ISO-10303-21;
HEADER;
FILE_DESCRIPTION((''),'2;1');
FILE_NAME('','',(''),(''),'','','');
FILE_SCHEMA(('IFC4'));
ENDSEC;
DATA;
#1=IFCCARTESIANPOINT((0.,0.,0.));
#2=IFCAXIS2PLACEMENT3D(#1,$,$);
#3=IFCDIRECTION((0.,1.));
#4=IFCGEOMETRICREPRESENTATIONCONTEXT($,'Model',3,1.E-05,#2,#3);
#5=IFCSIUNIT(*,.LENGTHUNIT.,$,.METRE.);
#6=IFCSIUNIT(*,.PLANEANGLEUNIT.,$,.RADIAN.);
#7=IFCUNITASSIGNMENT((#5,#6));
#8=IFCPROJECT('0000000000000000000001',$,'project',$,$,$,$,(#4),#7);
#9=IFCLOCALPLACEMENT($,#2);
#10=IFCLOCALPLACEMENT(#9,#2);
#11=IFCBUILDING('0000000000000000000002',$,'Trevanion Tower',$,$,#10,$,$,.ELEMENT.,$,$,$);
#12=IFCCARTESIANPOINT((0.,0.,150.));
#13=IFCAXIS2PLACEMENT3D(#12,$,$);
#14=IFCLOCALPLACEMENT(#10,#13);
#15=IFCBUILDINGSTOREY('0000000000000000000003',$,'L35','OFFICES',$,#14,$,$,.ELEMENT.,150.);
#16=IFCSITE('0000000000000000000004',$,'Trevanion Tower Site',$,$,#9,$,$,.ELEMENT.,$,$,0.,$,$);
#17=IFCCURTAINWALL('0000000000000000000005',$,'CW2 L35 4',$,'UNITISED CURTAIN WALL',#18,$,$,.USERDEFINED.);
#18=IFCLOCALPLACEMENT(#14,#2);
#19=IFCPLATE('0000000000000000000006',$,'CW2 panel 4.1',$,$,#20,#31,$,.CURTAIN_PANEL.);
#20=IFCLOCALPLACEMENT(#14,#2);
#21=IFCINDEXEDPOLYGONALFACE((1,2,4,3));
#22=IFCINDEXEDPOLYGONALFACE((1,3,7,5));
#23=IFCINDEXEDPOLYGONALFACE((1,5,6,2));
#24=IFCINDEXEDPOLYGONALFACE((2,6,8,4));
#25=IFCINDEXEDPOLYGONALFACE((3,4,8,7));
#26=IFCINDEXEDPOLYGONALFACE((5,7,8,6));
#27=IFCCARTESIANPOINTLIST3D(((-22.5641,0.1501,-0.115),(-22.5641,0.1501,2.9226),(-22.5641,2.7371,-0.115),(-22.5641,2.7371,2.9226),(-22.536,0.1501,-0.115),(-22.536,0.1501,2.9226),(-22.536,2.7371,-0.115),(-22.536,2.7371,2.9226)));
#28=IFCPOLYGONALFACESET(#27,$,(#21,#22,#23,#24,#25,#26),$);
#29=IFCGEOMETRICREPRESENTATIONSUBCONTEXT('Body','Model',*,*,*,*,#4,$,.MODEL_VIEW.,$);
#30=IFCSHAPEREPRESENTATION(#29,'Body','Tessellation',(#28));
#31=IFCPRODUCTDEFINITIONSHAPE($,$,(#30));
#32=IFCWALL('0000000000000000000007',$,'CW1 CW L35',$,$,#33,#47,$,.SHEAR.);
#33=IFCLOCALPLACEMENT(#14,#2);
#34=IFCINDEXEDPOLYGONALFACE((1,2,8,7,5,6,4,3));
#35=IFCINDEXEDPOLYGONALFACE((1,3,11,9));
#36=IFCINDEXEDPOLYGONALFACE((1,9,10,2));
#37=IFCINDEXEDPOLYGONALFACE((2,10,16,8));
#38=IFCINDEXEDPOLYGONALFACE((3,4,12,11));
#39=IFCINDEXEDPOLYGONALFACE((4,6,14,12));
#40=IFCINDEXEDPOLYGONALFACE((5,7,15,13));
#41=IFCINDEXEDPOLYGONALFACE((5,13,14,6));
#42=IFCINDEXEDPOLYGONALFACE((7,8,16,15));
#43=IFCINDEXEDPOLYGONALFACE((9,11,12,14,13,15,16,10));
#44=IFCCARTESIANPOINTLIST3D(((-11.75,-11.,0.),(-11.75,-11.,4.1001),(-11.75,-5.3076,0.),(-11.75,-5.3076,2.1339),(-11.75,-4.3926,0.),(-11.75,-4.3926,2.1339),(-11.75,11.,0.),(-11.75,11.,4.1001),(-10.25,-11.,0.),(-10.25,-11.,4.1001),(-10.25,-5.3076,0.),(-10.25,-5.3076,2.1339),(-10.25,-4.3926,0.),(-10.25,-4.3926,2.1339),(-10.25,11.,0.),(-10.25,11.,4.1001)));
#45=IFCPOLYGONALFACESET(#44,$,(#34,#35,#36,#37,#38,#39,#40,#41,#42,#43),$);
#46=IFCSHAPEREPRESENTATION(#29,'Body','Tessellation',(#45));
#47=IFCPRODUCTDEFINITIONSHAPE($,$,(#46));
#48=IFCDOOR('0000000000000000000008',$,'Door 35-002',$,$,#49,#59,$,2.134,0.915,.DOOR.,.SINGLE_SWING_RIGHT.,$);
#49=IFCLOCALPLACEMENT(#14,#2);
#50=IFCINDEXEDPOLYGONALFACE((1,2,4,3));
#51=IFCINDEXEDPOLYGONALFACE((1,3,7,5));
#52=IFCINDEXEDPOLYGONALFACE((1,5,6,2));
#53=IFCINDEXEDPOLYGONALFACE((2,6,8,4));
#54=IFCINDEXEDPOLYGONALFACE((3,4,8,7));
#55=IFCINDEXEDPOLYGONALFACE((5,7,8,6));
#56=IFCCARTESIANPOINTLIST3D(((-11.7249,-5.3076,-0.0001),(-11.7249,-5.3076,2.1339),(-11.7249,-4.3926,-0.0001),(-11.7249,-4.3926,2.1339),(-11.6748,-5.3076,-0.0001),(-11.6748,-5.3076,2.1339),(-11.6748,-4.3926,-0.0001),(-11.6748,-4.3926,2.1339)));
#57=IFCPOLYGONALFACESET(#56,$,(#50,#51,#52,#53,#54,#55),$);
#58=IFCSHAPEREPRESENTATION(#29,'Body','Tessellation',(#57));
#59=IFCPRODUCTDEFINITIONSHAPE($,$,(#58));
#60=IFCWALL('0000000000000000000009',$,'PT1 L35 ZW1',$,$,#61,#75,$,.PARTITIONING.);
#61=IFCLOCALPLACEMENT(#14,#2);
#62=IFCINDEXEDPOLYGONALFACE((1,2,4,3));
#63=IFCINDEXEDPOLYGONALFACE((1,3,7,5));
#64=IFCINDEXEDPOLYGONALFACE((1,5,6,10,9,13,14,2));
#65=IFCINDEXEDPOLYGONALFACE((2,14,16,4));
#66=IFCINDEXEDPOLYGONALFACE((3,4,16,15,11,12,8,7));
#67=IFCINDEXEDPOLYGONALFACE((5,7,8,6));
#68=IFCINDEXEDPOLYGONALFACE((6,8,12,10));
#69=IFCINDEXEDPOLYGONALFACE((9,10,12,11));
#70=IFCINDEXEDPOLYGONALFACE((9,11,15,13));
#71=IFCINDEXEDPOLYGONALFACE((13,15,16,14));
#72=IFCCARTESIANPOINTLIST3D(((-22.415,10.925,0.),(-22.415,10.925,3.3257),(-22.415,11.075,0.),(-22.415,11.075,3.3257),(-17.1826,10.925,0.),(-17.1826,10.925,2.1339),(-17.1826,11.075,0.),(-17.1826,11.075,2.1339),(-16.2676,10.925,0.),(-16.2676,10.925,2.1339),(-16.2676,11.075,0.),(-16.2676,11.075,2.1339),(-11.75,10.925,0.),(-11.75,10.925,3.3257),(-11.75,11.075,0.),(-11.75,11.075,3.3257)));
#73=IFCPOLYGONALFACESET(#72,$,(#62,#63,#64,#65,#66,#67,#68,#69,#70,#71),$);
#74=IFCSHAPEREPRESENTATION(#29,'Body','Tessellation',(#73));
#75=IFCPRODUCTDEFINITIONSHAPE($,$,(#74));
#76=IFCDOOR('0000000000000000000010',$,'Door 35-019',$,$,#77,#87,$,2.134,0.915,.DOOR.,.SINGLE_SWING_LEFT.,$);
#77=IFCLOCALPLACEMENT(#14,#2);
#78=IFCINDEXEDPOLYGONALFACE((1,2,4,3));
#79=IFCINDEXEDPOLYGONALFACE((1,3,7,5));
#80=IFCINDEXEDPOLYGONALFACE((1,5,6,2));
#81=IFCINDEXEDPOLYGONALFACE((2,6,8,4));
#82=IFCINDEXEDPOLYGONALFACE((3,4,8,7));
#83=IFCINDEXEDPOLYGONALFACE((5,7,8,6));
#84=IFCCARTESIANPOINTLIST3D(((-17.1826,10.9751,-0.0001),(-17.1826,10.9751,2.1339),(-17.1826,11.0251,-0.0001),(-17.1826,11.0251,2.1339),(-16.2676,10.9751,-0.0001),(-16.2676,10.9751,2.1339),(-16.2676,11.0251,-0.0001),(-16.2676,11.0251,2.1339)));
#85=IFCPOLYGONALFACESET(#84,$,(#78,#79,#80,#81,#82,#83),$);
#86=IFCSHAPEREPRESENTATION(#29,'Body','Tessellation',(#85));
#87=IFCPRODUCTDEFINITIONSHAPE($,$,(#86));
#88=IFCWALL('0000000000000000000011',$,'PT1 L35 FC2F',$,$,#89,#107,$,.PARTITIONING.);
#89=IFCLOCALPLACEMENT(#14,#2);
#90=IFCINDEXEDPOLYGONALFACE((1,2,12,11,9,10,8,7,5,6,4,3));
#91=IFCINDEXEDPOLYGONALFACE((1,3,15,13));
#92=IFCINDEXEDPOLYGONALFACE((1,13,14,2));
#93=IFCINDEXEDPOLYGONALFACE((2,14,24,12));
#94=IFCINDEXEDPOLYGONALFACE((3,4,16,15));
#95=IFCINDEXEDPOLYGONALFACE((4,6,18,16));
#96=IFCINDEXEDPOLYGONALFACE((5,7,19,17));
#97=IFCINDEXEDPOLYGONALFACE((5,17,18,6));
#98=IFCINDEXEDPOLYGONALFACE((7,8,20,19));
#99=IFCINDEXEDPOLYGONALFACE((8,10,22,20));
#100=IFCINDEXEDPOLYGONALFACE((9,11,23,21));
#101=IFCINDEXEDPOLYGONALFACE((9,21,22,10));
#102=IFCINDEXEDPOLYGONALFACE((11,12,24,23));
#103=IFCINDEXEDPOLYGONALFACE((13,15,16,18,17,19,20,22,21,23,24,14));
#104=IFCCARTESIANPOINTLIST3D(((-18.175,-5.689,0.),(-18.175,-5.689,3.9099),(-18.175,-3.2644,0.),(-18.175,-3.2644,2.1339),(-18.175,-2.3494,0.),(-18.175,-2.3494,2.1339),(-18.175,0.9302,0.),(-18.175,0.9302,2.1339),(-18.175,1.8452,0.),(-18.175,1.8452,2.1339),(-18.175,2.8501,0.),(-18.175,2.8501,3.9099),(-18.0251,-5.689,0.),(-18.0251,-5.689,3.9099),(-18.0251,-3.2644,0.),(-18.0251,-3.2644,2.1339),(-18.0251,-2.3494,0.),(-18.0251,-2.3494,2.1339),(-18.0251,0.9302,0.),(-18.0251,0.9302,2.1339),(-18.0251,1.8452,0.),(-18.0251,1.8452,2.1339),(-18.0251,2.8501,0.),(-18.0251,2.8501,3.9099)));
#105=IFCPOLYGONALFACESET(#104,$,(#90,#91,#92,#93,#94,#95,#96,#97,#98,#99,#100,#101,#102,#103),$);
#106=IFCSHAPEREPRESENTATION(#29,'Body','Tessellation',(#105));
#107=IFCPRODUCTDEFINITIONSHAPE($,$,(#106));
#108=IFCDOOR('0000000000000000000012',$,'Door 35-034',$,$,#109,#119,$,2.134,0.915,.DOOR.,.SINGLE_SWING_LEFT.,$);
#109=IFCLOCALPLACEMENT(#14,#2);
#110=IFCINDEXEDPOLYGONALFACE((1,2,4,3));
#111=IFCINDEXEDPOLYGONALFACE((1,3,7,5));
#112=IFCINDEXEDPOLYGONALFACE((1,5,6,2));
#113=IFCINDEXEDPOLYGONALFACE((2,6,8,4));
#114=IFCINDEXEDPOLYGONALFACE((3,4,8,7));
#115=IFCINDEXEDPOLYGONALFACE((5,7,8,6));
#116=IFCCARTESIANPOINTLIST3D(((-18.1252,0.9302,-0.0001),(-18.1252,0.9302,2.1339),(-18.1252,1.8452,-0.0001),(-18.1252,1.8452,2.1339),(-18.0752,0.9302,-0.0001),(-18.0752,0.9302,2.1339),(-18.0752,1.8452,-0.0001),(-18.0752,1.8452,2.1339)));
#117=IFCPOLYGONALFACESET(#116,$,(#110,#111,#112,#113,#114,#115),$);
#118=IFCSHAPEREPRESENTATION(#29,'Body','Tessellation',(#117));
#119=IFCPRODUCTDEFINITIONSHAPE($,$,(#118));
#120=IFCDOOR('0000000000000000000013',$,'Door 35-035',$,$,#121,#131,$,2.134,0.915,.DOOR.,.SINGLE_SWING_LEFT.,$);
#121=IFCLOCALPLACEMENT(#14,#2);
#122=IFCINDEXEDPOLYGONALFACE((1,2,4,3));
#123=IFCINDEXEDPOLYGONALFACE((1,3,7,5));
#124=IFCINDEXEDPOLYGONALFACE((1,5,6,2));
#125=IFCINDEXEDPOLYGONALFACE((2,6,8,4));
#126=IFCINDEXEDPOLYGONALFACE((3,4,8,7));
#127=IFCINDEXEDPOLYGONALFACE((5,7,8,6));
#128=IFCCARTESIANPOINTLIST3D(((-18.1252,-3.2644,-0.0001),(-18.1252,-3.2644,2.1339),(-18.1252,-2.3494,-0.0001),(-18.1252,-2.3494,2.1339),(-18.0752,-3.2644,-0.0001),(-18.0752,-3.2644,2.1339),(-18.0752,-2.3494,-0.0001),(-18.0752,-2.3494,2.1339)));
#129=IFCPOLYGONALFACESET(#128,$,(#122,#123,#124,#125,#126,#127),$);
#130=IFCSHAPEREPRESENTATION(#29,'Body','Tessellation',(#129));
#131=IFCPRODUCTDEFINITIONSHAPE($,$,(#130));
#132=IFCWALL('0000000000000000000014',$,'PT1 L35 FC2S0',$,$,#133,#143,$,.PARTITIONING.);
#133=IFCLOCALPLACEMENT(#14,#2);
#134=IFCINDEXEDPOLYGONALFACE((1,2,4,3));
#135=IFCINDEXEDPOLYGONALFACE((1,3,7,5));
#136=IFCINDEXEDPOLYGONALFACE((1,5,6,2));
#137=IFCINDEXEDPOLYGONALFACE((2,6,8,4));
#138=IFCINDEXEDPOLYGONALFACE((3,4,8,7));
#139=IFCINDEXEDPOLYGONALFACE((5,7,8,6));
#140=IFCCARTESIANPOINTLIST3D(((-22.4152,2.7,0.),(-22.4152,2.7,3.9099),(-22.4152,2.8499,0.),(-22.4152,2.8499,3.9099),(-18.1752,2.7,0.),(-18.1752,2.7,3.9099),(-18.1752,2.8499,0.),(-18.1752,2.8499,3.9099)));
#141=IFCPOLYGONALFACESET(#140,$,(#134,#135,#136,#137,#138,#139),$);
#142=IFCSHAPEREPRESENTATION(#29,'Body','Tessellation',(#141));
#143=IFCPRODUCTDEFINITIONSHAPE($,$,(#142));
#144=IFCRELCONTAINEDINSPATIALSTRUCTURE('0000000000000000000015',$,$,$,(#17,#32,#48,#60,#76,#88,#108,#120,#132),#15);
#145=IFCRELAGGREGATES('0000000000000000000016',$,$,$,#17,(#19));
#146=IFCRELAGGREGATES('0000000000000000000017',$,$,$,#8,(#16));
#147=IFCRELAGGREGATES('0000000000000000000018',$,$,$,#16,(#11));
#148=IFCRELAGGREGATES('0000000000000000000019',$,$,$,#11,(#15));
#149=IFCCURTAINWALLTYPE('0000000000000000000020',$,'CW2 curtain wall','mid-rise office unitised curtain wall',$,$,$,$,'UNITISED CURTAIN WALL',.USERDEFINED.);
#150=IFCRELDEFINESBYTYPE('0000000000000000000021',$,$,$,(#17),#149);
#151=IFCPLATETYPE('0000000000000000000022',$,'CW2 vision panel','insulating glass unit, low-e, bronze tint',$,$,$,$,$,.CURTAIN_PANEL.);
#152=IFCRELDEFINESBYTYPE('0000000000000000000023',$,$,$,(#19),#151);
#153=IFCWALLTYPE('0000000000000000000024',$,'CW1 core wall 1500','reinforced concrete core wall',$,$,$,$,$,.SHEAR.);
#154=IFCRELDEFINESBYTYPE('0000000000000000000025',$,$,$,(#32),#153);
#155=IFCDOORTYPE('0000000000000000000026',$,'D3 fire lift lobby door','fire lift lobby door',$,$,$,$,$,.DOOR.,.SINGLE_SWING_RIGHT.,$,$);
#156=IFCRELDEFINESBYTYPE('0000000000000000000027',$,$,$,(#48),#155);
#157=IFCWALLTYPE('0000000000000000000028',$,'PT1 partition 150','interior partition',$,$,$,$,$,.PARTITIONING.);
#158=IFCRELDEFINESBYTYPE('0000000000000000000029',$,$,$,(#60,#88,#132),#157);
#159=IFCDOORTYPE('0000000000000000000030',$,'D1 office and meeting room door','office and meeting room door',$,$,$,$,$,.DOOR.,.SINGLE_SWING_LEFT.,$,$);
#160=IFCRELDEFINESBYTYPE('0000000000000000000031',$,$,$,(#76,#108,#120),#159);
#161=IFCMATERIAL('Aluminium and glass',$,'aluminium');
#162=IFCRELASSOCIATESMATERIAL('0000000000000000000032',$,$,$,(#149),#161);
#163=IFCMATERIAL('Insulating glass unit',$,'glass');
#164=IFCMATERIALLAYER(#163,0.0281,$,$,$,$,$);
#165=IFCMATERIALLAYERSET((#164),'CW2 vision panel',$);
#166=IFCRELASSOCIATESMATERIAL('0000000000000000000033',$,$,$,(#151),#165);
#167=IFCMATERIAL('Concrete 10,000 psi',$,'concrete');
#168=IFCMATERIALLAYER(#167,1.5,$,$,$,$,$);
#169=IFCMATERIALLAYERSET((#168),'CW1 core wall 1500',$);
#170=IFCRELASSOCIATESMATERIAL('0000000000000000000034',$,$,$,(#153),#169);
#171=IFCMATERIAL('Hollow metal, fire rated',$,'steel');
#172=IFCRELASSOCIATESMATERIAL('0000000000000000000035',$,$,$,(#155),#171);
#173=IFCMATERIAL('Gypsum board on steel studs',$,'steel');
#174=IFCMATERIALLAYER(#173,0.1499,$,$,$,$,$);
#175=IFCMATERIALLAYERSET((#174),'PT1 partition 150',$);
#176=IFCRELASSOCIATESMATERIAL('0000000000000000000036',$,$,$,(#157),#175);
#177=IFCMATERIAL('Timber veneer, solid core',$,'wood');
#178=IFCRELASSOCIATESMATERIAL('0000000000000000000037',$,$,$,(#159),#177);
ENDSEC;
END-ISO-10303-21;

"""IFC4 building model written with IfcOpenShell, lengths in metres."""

from ifc_helpers import new_model, si_unit, direction, frame, frame_2d, origin, origin_2d, place, context, subcontext, project, spatial, rectangle, extrude, material, layer, layer_set, type_object, element, fill, aggregate, save


model = new_model("IFC4")

# Units and contexts
model_context = context("Model", 3, precision=1e-05, world=origin(), true_north=direction((0.0, 1.0)))
body_context = subcontext(model_context, "Body", "Model", "MODEL_VIEW")
ifc_project = project(units=[si_unit("LENGTHUNIT", "METRE"), si_unit("PLANEANGLEUNIT", "RADIAN")], contexts=[model_context])

# Site, building, storey
site_placement = place(None, origin())
site = spatial("IfcSite", under=ifc_project, at=site_placement, Name="Trevanion Tower Site", CompositionType="ELEMENT", RefElevation=0.0)
building_placement = place(site_placement, origin())
building = spatial("IfcBuilding", under=site, at=building_placement, Name="Trevanion Tower", CompositionType="ELEMENT")
storey_placement = place(building_placement, frame((0.0, 0.0, 150.0)))
storey = spatial("IfcBuildingStorey", under=building, at=storey_placement, Name="L35", Description="OFFICES", CompositionType="ELEMENT", Elevation=150.0)

# Curtain wall
ifc_material_1 = material(Name="Aluminium and glass", Category="aluminium")
curtain_wall_type = type_object("IfcCurtainWallType", Name="CW2 curtain wall", Description="mid-rise office unitised curtain wall", ElementType="UNITISED CURTAIN WALL", PredefinedType="USERDEFINED", material=ifc_material_1)
curtain_wall_placement = place(storey_placement, origin())
curtain_wall = element("IfcCurtainWall", 1, at=curtain_wall_placement, inside=storey, type_object=curtain_wall_type, Name="CW2 L35 4", ObjectType="UNITISED CURTAIN WALL", PredefinedType="USERDEFINED")

# Plate
ifc_material_2 = material(Name="Insulating glass unit", Category="glass")
ifc_layer_1 = layer(ifc_material_2, 0.0281)
ifc_layer_set_1 = layer_set([ifc_layer_1], Name="CW2 vision panel")
plate_type_1 = type_object("IfcPlateType", Name="CW2 vision panel", Description="insulating glass unit, low-e, bronze tint", PredefinedType="CURTAIN_PANEL", material=ifc_layer_set_1)
plate_1_placement = place(storey_placement, frame((-22.55, 1.4436, -0.115), z_axis=(0.0, 0.0, 1.0), x_axis=(0.0, -1.0, 0.0)))
plate_1 = element("IfcPlate", 2, at=plate_1_placement, type_object=plate_type_1, Name="CW2 panel 4.1", PredefinedType="CURTAIN_PANEL", context=body_context, shape_type="SweptSolid", body=[
    extrude(rectangle(XDim=2.5869, YDim=0.0281, at=origin_2d()), origin(), (0.0, 0.0, 1.0), 3.0376),
])
aggregate(curtain_wall, [plate_1])

# Walls, openings, doors
ifc_material_3 = material(Name="Concrete 10,000 psi", Category="concrete")
ifc_layer_2 = layer(ifc_material_3, 1.5)
ifc_layer_set_2 = layer_set([ifc_layer_2], Name="CW1 core wall 1500")
wall_type_1 = type_object("IfcWallType", Name="CW1 core wall 1500", Description="reinforced concrete core wall", PredefinedType="SHEAR", material=ifc_layer_set_2)
wall_1_placement = place(storey_placement, frame((-11.0, 11.0, 0.0), z_axis=(0.0, 0.0, 1.0), x_axis=(0.0, -1.0, 0.0)))
wall_1 = element("IfcWall", 3, at=wall_1_placement, inside=storey, type_object=wall_type_1, Name="CW1 CW L35", PredefinedType="SHEAR", context=body_context, shape_type="SweptSolid", body=[
    extrude(rectangle(XDim=22.0, YDim=1.5, at=frame_2d((11.0, 0.0))), origin(), (0.0, 0.0, 1.0), 4.1001),
])
opening_1_placement = place(wall_1_placement, frame((15.3926, 0.0, 0.0)))
opening_1 = element("IfcOpeningElement", 4, at=opening_1_placement, cuts=wall_1, PredefinedType="OPENING", context=body_context, shape_type="SweptSolid", body=[
    extrude(rectangle(XDim=0.915, YDim=2.134, at=frame_2d((0.4575, 1.0669))), frame((0.0, 0.76, 0.0), z_axis=(0.0, -1.0, 0.0), x_axis=(1.0, 0.0, 0.0)), (0.0, 0.0, 1.0), 1.52),
])
ifc_material_4 = material(Name="Hollow metal, fire rated", Category="steel")
door_type_1 = type_object("IfcDoorType", Name="D3 fire lift lobby door", Description="fire lift lobby door", OperationType="SINGLE_SWING_RIGHT", PredefinedType="DOOR", material=ifc_material_4)
door_1_placement = place(opening_1_placement, origin())
door_1 = element("IfcDoor", 5, at=door_1_placement, inside=storey, type_object=door_type_1, Name="Door 35-002", OperationType="SINGLE_SWING_RIGHT", OverallHeight=2.134, OverallWidth=0.915, PredefinedType="DOOR", context=body_context, shape_type="SweptSolid", body=[
    extrude(rectangle(XDim=0.915, YDim=2.134, at=frame_2d((0.4575, 1.0669))), frame((0.0, -0.6748, 0.0), z_axis=(0.0, -1.0, 0.0), x_axis=(1.0, 0.0, 0.0)), (0.0, 0.0, 1.0), 0.05),
])
fill(opening_1, door_1)
ifc_material_5 = material(Name="Gypsum board on steel studs", Category="steel")
ifc_layer_3 = layer(ifc_material_5, 0.1499)
ifc_layer_set_3 = layer_set([ifc_layer_3], Name="PT1 partition 150")
wall_type_2 = type_object("IfcWallType", Name="PT1 partition 150", Description="interior partition", PredefinedType="PARTITIONING", material=ifc_layer_set_3)
wall_2_placement = place(storey_placement, frame((-11.75, 11.0, 0.0), z_axis=(0.0, 0.0, 1.0), x_axis=(-1.0, 0.0, 0.0)))
wall_2 = element("IfcWall", 6, at=wall_2_placement, inside=storey, type_object=wall_type_2, Name="PT1 L35 ZW1", PredefinedType="PARTITIONING", context=body_context, shape_type="SweptSolid", body=[
    extrude(rectangle(XDim=10.665, YDim=0.1499, at=frame_2d((5.3325, 0.0))), origin(), (0.0, 0.0, 1.0), 3.3257),
])
opening_2_placement = place(wall_2_placement, frame((4.5176, 0.0, 0.0)))
opening_2 = element("IfcOpeningElement", 7, at=opening_2_placement, cuts=wall_2, PredefinedType="OPENING", context=body_context, shape_type="SweptSolid", body=[
    extrude(rectangle(XDim=0.915, YDim=2.134, at=frame_2d((0.4575, 1.0669))), frame((0.0, 0.085, 0.0), z_axis=(0.0, -1.0, 0.0), x_axis=(1.0, 0.0, 0.0)), (0.0, 0.0, 1.0), 0.1699),
])
ifc_material_6 = material(Name="Timber veneer, solid core", Category="wood")
door_type_2 = type_object("IfcDoorType", Name="D1 office and meeting room door", Description="office and meeting room door", OperationType="SINGLE_SWING_LEFT", PredefinedType="DOOR", material=ifc_material_6)
door_2_placement = place(opening_2_placement, origin())
door_2 = element("IfcDoor", 8, at=door_2_placement, inside=storey, type_object=door_type_2, Name="Door 35-019", OperationType="SINGLE_SWING_LEFT", OverallHeight=2.134, OverallWidth=0.915, PredefinedType="DOOR", context=body_context, shape_type="SweptSolid", body=[
    extrude(rectangle(XDim=0.915, YDim=2.134, at=frame_2d((0.4575, 1.0669))), frame((0.0, 0.0249, 0.0), z_axis=(0.0, -1.0, 0.0), x_axis=(1.0, 0.0, 0.0)), (0.0, 0.0, 1.0), 0.05),
])
fill(opening_2, door_2)

# Wall, openings, doors
wall_3_placement = place(storey_placement, frame((-18.1001, 2.8501, 0.0), z_axis=(0.0, 0.0, 1.0), x_axis=(0.0, -1.0, 0.0)))
wall_3 = element("IfcWall", 9, at=wall_3_placement, inside=storey, type_object=wall_type_2, Name="PT1 L35 FC2F", PredefinedType="PARTITIONING", context=body_context, shape_type="SweptSolid", body=[
    extrude(rectangle(XDim=8.5391, YDim=0.1499, at=frame_2d((4.2695, 0.0))), origin(), (0.0, 0.0, 1.0), 3.9099),
])
opening_3_placement = place(wall_3_placement, frame((1.0049, 0.0, 0.0)))
opening_3 = element("IfcOpeningElement", 10, at=opening_3_placement, cuts=wall_3, PredefinedType="OPENING", context=body_context, shape_type="SweptSolid", body=[
    extrude(rectangle(XDim=0.915, YDim=2.134, at=frame_2d((0.4575, 1.0669))), frame((0.0, 0.085, 0.0), z_axis=(0.0, -1.0, 0.0), x_axis=(1.0, 0.0, 0.0)), (0.0, 0.0, 1.0), 0.1699),
])
opening_4_placement = place(wall_3_placement, frame((5.1995, 0.0, 0.0)))
opening_4 = element("IfcOpeningElement", 11, at=opening_4_placement, cuts=wall_3, PredefinedType="OPENING", context=body_context, shape_type="SweptSolid", body=[
    extrude(rectangle(XDim=0.915, YDim=2.134, at=frame_2d((0.4575, 1.0669))), frame((0.0, 0.085, 0.0), z_axis=(0.0, -1.0, 0.0), x_axis=(1.0, 0.0, 0.0)), (0.0, 0.0, 1.0), 0.1699),
])
door_3_placement = place(opening_3_placement, origin())
door_3 = element("IfcDoor", 12, at=door_3_placement, inside=storey, type_object=door_type_2, Name="Door 35-034", OperationType="SINGLE_SWING_LEFT", OverallHeight=2.134, OverallWidth=0.915, PredefinedType="DOOR", context=body_context, shape_type="SweptSolid", body=[
    extrude(rectangle(XDim=0.915, YDim=2.134, at=frame_2d((0.4575, 1.0669))), frame((0.0, 0.0249, 0.0), z_axis=(0.0, -1.0, 0.0), x_axis=(1.0, 0.0, 0.0)), (0.0, 0.0, 1.0), 0.05),
])
fill(opening_3, door_3)
door_4_placement = place(opening_4_placement, origin())
door_4 = element("IfcDoor", 13, at=door_4_placement, inside=storey, type_object=door_type_2, Name="Door 35-035", OperationType="SINGLE_SWING_LEFT", OverallHeight=2.134, OverallWidth=0.915, PredefinedType="DOOR", context=body_context, shape_type="SweptSolid", body=[
    extrude(rectangle(XDim=0.915, YDim=2.134, at=frame_2d((0.4575, 1.0669))), frame((0.0, 0.0249, 0.0), z_axis=(0.0, -1.0, 0.0), x_axis=(1.0, 0.0, 0.0)), (0.0, 0.0, 1.0), 0.05),
])
fill(opening_4, door_4)

# Wall
wall_4_placement = place(storey_placement, frame((-18.175, 2.7749, 0.0), z_axis=(0.0, 0.0, 1.0), x_axis=(-1.0, 0.0, 0.0)))
element("IfcWall", 14, at=wall_4_placement, inside=storey, type_object=wall_type_2, Name="PT1 L35 FC2S0", PredefinedType="PARTITIONING", context=body_context, shape_type="SweptSolid", body=[
    extrude(rectangle(XDim=4.24, YDim=0.1499, at=frame_2d((2.1201, 0.0))), origin(), (0.0, 0.0, 1.0), 3.9099),
])

save(model, "model.ifc")
